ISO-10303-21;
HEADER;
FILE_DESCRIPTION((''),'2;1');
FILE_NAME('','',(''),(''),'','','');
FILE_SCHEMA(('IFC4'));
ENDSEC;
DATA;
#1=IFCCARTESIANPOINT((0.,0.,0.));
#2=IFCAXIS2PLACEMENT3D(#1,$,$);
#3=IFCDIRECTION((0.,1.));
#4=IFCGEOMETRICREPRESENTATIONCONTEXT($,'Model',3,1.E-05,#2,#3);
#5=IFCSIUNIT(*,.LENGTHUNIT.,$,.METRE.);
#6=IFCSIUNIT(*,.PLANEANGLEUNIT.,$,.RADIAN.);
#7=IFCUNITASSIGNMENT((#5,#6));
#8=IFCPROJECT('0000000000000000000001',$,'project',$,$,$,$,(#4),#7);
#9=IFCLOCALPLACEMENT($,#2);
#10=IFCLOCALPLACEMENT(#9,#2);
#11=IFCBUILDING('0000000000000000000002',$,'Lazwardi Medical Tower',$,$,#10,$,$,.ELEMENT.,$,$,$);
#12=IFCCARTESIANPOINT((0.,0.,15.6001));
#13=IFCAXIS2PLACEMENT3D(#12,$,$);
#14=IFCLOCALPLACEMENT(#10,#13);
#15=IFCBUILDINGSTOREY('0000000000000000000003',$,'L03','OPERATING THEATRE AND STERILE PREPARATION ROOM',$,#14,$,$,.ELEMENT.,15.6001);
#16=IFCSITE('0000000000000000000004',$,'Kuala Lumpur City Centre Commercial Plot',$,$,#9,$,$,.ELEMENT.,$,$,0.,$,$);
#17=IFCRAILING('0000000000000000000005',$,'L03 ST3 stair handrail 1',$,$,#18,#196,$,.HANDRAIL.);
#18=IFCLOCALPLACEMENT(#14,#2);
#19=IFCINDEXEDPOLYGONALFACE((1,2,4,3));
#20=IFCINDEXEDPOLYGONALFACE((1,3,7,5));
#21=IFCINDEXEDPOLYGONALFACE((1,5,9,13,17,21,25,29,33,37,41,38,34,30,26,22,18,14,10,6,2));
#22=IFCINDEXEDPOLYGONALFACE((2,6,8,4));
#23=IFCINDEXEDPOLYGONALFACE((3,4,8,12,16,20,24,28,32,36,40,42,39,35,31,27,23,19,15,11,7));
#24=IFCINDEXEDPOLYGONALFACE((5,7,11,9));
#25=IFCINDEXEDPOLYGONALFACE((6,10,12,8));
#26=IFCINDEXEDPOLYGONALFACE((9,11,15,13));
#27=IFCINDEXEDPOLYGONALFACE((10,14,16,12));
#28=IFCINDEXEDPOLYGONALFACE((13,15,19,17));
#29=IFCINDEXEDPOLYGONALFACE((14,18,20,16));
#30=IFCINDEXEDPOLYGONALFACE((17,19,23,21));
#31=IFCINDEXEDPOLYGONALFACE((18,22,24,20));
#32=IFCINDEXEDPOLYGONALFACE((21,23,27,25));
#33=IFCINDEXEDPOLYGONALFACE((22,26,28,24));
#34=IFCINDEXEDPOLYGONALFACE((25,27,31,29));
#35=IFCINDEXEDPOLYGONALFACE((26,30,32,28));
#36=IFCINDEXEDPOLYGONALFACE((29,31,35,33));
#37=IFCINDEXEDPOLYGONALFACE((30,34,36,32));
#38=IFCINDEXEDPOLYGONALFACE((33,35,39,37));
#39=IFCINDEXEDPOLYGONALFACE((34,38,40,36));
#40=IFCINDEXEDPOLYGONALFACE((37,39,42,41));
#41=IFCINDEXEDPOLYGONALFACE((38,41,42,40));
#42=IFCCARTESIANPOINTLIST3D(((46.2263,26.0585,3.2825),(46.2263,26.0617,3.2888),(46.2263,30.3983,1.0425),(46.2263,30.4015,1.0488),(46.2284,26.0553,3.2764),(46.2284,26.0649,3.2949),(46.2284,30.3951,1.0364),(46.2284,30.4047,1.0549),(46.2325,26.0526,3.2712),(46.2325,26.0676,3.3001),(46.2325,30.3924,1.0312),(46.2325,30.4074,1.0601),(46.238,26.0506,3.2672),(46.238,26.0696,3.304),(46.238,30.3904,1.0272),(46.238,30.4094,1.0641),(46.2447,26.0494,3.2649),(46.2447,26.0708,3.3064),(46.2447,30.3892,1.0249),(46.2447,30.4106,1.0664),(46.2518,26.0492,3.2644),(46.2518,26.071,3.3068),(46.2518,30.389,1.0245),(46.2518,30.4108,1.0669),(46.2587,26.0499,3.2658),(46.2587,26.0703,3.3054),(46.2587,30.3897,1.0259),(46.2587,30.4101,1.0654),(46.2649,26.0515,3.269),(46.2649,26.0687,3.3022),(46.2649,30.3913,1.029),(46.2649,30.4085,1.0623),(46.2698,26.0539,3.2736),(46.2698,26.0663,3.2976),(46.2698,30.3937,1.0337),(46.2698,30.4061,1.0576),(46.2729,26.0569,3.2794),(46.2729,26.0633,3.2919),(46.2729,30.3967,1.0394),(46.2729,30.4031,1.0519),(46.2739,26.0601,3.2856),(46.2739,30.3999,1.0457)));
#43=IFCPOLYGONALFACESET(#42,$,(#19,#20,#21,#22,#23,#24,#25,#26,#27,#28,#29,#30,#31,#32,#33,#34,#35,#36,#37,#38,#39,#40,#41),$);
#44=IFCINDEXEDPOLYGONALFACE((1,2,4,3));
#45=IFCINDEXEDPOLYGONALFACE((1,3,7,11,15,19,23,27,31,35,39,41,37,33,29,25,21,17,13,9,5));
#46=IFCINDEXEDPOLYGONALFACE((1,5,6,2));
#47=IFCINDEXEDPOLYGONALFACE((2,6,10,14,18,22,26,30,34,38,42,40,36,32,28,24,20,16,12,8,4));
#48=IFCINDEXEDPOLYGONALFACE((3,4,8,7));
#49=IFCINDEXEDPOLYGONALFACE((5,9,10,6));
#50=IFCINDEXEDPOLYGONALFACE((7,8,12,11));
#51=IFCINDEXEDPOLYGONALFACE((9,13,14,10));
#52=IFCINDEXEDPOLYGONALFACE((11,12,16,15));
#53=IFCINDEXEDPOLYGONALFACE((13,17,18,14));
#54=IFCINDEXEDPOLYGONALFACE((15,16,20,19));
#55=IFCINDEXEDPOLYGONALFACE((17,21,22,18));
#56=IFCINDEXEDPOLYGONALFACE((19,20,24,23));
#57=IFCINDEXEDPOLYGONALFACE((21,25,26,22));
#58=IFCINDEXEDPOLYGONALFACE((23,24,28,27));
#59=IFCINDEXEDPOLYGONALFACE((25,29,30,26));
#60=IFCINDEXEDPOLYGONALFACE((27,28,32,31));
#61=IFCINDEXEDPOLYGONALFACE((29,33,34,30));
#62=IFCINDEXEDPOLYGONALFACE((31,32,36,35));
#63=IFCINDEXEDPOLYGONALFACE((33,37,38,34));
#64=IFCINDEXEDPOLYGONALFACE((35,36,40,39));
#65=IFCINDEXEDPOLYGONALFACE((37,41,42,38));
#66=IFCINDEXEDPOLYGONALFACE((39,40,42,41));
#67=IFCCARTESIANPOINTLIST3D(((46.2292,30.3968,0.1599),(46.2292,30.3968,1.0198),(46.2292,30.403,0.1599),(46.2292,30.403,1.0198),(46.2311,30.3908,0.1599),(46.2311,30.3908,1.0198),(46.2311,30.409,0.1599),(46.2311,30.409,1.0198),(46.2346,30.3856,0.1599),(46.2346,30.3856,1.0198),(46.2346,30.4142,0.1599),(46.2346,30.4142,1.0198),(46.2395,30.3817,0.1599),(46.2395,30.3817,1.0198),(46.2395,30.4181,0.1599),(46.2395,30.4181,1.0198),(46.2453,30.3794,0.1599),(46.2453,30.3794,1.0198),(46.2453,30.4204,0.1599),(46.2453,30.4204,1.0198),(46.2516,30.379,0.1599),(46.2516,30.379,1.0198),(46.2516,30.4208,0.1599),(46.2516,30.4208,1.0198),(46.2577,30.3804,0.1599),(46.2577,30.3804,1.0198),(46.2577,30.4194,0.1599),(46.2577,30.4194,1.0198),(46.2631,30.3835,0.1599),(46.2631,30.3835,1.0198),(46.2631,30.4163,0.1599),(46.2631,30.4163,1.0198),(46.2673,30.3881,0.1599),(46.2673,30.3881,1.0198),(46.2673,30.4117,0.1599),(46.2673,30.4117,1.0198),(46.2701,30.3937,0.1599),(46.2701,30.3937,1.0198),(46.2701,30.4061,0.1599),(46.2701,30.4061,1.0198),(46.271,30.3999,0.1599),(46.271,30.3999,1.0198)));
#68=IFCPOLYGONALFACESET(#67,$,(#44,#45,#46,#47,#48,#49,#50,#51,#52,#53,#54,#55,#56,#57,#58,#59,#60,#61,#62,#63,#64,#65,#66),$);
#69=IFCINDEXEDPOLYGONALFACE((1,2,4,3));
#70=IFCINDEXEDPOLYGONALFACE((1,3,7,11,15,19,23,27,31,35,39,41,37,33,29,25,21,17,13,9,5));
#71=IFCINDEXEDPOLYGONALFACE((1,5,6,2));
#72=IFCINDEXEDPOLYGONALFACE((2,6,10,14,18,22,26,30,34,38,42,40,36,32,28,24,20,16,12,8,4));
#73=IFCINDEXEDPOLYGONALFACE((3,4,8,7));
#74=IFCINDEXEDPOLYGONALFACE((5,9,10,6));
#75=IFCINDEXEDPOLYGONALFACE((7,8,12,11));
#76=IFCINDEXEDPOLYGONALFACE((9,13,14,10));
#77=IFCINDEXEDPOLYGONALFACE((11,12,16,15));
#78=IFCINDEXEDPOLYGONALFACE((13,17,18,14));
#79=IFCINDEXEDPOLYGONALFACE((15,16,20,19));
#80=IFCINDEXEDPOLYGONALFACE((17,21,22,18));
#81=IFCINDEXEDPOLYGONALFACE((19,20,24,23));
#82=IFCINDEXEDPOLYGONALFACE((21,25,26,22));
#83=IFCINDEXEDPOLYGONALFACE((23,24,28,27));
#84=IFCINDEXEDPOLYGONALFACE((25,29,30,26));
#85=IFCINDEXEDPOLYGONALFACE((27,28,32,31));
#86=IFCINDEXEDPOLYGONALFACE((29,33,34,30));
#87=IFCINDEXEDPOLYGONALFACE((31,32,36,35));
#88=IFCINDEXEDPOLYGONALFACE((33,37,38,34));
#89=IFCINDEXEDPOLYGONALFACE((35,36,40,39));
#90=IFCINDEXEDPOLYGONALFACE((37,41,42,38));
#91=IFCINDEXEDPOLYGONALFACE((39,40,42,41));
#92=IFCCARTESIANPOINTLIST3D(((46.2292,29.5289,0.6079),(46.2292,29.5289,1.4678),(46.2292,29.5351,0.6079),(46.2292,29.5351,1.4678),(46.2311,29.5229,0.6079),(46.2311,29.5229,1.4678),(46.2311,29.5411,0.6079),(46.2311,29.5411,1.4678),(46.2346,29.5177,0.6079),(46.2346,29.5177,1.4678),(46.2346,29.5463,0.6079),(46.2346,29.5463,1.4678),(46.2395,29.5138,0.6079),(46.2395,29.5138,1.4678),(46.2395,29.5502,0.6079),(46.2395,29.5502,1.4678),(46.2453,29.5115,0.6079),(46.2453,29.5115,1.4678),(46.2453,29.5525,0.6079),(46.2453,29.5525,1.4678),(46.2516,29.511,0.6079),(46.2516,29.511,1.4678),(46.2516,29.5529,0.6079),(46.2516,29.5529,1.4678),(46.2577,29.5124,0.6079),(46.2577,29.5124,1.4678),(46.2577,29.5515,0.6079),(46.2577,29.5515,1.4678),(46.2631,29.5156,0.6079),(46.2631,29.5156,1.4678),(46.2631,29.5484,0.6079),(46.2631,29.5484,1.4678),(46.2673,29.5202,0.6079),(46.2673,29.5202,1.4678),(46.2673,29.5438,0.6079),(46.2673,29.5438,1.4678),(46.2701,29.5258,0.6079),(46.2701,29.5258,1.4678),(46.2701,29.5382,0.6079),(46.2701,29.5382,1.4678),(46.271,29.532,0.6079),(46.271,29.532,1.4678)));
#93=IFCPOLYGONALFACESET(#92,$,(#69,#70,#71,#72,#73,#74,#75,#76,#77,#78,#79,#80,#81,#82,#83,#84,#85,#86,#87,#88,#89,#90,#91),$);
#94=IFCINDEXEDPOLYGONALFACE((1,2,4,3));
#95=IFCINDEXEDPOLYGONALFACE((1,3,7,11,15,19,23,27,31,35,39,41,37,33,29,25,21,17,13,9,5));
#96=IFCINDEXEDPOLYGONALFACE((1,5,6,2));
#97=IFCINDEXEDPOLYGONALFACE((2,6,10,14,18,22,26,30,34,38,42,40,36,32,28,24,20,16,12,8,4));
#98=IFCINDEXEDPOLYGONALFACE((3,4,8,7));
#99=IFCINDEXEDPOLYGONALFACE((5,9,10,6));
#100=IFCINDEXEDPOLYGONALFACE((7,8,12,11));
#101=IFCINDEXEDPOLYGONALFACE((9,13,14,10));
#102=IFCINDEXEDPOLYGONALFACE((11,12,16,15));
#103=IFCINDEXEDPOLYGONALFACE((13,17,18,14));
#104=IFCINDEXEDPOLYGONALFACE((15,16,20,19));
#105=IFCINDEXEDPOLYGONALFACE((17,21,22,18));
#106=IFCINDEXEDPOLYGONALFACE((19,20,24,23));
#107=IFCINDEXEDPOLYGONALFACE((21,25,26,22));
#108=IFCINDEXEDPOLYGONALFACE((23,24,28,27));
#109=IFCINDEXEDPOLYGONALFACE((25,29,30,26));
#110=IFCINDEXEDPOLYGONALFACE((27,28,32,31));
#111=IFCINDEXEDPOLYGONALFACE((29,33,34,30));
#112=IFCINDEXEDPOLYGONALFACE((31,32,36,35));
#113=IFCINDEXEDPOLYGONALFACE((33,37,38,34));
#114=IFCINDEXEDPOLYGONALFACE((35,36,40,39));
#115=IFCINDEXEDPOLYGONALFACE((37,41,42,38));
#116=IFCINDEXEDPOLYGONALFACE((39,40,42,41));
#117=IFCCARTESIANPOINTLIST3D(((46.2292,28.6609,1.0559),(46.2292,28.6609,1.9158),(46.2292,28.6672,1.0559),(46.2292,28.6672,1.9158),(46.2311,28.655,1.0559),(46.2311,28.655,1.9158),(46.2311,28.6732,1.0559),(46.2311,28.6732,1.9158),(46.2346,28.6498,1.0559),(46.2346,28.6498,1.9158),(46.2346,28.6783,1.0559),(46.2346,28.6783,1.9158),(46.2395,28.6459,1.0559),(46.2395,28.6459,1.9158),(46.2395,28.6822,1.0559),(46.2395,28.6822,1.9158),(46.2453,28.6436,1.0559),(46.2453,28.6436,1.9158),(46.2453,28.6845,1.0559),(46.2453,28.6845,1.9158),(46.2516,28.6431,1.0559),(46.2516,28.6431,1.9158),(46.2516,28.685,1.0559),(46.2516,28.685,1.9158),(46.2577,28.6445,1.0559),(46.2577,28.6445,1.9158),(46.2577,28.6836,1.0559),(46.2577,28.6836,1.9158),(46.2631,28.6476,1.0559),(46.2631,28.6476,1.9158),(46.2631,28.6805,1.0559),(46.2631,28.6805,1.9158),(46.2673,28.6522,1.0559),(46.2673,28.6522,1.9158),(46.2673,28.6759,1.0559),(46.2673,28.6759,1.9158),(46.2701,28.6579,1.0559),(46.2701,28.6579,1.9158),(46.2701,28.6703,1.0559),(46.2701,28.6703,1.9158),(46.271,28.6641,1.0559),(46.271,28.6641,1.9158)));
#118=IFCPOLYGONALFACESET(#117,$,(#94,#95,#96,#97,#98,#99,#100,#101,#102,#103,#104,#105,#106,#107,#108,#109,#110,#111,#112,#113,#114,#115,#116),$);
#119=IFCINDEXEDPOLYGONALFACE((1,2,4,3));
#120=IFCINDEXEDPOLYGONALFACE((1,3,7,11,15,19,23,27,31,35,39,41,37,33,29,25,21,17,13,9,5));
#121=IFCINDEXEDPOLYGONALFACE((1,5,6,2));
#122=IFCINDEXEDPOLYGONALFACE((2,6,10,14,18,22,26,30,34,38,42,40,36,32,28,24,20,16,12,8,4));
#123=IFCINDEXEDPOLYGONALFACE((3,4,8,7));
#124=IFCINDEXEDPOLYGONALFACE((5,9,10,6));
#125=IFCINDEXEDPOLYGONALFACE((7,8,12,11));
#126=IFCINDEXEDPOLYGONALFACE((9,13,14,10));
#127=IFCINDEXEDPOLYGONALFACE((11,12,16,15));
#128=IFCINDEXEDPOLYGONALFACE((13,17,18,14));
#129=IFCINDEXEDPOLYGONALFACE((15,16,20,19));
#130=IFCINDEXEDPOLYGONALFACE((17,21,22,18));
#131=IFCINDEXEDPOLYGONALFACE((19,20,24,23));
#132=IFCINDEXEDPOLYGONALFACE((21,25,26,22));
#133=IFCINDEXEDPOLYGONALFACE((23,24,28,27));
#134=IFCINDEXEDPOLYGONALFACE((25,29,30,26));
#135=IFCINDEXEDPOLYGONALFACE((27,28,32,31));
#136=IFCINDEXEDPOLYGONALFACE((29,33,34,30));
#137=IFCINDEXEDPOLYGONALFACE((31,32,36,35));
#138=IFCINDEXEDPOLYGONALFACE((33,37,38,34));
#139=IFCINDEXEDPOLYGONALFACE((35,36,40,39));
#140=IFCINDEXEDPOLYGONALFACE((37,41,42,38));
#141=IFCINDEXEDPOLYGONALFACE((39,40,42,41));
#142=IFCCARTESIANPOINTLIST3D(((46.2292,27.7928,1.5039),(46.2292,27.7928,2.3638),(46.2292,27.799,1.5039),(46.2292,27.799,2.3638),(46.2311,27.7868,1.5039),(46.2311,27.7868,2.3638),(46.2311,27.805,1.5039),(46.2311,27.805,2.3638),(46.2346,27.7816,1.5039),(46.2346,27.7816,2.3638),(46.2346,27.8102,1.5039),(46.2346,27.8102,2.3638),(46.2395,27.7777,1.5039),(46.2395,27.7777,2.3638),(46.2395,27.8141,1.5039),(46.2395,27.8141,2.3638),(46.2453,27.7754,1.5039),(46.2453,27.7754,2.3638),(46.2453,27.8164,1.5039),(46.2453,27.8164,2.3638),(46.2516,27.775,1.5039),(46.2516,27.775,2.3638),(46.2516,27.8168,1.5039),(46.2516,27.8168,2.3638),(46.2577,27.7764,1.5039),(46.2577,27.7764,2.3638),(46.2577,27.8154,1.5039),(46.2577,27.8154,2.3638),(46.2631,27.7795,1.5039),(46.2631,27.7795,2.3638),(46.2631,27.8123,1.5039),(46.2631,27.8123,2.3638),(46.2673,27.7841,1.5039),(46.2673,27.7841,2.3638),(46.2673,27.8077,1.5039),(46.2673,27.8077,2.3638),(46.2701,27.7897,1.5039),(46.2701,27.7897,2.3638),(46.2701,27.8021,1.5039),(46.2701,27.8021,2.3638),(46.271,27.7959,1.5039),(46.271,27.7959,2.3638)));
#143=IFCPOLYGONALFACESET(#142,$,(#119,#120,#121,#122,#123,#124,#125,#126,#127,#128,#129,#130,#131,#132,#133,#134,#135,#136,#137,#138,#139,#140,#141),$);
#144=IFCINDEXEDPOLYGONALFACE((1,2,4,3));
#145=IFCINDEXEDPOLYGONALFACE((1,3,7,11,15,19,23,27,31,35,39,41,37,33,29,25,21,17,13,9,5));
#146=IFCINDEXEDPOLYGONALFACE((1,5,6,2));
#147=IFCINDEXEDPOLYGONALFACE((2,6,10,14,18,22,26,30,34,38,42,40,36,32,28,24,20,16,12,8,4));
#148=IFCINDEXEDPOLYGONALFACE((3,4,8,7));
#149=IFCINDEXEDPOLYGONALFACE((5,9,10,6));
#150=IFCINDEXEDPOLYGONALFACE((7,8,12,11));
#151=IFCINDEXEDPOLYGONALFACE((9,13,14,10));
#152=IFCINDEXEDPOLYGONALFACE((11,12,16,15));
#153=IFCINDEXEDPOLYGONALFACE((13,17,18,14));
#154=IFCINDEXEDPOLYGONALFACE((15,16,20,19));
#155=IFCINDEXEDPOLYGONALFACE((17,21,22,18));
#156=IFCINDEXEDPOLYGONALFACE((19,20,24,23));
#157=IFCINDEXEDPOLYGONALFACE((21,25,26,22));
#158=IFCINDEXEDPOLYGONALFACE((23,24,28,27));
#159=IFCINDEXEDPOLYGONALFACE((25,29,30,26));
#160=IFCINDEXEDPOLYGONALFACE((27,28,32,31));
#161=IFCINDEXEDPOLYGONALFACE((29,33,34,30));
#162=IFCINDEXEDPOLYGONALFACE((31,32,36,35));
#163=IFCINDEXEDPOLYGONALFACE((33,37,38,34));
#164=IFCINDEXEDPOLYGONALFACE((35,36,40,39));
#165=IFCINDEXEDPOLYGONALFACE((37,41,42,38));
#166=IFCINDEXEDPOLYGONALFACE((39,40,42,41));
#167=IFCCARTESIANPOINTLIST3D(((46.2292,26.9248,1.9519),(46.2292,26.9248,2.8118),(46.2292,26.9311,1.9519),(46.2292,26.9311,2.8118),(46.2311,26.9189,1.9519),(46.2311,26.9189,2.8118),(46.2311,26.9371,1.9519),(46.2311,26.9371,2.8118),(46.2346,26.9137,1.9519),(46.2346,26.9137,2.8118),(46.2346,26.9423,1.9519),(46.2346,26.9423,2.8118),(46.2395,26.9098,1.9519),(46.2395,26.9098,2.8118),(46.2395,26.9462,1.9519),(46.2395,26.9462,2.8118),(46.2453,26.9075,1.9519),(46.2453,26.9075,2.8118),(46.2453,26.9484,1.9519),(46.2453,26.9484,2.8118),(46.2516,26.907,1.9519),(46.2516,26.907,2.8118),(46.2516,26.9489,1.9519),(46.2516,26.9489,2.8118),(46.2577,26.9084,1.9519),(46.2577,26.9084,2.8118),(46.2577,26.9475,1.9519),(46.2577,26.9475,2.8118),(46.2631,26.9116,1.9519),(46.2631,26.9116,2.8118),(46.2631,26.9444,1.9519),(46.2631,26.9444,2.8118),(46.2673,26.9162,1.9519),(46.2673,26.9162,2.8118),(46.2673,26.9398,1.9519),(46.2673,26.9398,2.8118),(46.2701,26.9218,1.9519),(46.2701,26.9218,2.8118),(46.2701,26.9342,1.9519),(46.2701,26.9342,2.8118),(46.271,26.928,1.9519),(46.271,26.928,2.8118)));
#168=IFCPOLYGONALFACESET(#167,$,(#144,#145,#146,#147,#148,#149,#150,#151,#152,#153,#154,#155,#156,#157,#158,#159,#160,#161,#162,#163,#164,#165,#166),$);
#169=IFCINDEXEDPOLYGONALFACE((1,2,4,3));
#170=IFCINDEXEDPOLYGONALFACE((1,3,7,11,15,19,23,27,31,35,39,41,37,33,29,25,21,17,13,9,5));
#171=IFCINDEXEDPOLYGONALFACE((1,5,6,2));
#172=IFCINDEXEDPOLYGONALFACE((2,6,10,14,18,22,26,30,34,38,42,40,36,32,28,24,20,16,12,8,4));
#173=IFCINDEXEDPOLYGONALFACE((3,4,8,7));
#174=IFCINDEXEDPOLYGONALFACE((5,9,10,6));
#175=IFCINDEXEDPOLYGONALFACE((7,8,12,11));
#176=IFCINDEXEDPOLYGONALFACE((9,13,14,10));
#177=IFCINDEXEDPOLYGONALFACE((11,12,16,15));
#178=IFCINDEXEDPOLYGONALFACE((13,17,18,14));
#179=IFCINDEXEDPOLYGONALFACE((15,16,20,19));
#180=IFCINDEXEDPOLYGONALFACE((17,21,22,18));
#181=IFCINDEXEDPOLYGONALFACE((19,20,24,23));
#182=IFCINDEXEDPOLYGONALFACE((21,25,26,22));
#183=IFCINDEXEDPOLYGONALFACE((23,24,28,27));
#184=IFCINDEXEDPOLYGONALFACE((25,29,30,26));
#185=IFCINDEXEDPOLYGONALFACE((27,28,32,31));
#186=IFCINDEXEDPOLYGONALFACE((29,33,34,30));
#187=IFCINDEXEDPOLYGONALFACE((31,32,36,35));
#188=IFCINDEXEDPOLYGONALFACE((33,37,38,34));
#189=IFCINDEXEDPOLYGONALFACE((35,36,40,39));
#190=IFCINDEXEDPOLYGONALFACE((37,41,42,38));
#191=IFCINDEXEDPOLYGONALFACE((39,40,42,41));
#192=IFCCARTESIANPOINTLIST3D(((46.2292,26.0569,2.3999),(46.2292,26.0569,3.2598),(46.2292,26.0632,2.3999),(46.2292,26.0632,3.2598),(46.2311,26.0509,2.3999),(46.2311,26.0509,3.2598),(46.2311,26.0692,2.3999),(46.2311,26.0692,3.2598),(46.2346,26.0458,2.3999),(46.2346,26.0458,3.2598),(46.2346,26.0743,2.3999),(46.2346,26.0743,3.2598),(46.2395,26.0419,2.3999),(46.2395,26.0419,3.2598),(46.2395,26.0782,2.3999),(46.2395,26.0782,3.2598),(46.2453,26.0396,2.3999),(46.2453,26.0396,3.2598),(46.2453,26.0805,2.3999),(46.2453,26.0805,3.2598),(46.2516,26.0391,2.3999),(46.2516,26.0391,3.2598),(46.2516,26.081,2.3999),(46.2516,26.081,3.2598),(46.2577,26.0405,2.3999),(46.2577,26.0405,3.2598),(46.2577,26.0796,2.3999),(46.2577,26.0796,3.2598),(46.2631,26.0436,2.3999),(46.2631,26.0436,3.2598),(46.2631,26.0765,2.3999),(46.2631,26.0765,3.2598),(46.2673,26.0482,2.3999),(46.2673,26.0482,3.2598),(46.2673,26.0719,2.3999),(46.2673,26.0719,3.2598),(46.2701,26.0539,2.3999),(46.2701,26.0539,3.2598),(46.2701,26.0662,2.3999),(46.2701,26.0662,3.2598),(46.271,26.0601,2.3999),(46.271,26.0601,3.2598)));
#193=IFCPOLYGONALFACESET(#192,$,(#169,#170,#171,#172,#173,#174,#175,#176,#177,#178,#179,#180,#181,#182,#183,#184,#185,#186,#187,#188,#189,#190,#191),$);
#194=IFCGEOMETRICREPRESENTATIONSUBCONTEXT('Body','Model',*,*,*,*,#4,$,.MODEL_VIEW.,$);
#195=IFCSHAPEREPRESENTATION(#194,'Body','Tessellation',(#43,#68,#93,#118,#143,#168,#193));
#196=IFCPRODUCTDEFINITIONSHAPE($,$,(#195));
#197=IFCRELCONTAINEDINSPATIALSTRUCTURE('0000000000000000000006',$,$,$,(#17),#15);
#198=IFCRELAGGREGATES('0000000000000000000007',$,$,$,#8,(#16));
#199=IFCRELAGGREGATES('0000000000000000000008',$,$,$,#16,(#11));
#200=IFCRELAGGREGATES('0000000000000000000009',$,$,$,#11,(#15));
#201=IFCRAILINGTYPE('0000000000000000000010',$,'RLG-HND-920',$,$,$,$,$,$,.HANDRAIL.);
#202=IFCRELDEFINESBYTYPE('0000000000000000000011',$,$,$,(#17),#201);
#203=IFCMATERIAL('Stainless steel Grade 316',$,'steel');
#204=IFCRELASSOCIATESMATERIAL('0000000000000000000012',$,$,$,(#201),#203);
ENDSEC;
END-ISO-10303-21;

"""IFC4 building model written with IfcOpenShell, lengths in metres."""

from ifc_helpers import new_model, si_unit, direction, frame, origin, origin_2d, place, context, subcontext, project, spatial, circle, extrude, material, type_object, element, save


model = new_model("IFC4")

# Units and contexts
model_context = context("Model", 3, precision=1e-05, world=origin(), true_north=direction((0.0, 1.0)))
body_context = subcontext(model_context, "Body", "Model", "MODEL_VIEW")
ifc_project = project(units=[si_unit("LENGTHUNIT", "METRE"), si_unit("PLANEANGLEUNIT", "RADIAN")], contexts=[model_context])

# Site, building, storey
site_placement = place(None, origin())
site = spatial("IfcSite", under=ifc_project, at=site_placement, Name="Kuala Lumpur City Centre Commercial Plot", CompositionType="ELEMENT", RefElevation=0.0)
building_placement = place(site_placement, origin())
building = spatial("IfcBuilding", under=site, at=building_placement, Name="Lazwardi Medical Tower", CompositionType="ELEMENT")
storey_placement = place(building_placement, frame((0.0, 0.0, 15.6001)))
storey = spatial("IfcBuildingStorey", under=building, at=storey_placement, Name="L03", Description="OPERATING THEATRE AND STERILE PREPARATION ROOM", CompositionType="ELEMENT", Elevation=15.6001)

# Railing
ifc_material_1 = material(Name="Stainless steel Grade 316", Category="steel")
railing_type_1 = type_object("IfcRailingType", Name="RLG-HND-920", PredefinedType="HANDRAIL", material=ifc_material_1)
railing_1_placement = place(storey_placement, frame((46.25, 30.3999, 0.1599)))
element("IfcRailing", 1, at=railing_1_placement, inside=storey, type_object=railing_type_1, Name="L03 ST3 stair handrail 1", PredefinedType="HANDRAIL", context=body_context, shape_type="SweptSolid", body=[
    extrude(circle(Radius=0.0239, at=origin_2d()), frame((0.0, 0.0, 0.8857), z_axis=(0.0, -0.888615, 0.458654), x_axis=(1.0, 0.0, 0.0)), (0.0, 0.0, 1.0), 4.8838),
    extrude(circle(Radius=0.021, at=origin_2d()), origin(), (0.0, 0.0, 1.0), 0.8599),
    extrude(circle(Radius=0.021, at=origin_2d()), frame((0.0, -0.8679, 0.448)), (0.0, 0.0, 1.0), 0.8599),
    extrude(circle(Radius=0.021, at=origin_2d()), frame((0.0, -1.7358, 0.896)), (0.0, 0.0, 1.0), 0.8599),
    extrude(circle(Radius=0.021, at=origin_2d()), frame((0.0, -2.604, 1.344)), (0.0, 0.0, 1.0), 0.8599),
    extrude(circle(Radius=0.021, at=origin_2d()), frame((0.0, -3.4719, 1.792)), (0.0, 0.0, 1.0), 0.8599),
    extrude(circle(Radius=0.021, at=origin_2d()), frame((0.0, -4.3398, 2.24)), (0.0, 0.0, 1.0), 0.8599),
])

save(model, "model.ifc")
